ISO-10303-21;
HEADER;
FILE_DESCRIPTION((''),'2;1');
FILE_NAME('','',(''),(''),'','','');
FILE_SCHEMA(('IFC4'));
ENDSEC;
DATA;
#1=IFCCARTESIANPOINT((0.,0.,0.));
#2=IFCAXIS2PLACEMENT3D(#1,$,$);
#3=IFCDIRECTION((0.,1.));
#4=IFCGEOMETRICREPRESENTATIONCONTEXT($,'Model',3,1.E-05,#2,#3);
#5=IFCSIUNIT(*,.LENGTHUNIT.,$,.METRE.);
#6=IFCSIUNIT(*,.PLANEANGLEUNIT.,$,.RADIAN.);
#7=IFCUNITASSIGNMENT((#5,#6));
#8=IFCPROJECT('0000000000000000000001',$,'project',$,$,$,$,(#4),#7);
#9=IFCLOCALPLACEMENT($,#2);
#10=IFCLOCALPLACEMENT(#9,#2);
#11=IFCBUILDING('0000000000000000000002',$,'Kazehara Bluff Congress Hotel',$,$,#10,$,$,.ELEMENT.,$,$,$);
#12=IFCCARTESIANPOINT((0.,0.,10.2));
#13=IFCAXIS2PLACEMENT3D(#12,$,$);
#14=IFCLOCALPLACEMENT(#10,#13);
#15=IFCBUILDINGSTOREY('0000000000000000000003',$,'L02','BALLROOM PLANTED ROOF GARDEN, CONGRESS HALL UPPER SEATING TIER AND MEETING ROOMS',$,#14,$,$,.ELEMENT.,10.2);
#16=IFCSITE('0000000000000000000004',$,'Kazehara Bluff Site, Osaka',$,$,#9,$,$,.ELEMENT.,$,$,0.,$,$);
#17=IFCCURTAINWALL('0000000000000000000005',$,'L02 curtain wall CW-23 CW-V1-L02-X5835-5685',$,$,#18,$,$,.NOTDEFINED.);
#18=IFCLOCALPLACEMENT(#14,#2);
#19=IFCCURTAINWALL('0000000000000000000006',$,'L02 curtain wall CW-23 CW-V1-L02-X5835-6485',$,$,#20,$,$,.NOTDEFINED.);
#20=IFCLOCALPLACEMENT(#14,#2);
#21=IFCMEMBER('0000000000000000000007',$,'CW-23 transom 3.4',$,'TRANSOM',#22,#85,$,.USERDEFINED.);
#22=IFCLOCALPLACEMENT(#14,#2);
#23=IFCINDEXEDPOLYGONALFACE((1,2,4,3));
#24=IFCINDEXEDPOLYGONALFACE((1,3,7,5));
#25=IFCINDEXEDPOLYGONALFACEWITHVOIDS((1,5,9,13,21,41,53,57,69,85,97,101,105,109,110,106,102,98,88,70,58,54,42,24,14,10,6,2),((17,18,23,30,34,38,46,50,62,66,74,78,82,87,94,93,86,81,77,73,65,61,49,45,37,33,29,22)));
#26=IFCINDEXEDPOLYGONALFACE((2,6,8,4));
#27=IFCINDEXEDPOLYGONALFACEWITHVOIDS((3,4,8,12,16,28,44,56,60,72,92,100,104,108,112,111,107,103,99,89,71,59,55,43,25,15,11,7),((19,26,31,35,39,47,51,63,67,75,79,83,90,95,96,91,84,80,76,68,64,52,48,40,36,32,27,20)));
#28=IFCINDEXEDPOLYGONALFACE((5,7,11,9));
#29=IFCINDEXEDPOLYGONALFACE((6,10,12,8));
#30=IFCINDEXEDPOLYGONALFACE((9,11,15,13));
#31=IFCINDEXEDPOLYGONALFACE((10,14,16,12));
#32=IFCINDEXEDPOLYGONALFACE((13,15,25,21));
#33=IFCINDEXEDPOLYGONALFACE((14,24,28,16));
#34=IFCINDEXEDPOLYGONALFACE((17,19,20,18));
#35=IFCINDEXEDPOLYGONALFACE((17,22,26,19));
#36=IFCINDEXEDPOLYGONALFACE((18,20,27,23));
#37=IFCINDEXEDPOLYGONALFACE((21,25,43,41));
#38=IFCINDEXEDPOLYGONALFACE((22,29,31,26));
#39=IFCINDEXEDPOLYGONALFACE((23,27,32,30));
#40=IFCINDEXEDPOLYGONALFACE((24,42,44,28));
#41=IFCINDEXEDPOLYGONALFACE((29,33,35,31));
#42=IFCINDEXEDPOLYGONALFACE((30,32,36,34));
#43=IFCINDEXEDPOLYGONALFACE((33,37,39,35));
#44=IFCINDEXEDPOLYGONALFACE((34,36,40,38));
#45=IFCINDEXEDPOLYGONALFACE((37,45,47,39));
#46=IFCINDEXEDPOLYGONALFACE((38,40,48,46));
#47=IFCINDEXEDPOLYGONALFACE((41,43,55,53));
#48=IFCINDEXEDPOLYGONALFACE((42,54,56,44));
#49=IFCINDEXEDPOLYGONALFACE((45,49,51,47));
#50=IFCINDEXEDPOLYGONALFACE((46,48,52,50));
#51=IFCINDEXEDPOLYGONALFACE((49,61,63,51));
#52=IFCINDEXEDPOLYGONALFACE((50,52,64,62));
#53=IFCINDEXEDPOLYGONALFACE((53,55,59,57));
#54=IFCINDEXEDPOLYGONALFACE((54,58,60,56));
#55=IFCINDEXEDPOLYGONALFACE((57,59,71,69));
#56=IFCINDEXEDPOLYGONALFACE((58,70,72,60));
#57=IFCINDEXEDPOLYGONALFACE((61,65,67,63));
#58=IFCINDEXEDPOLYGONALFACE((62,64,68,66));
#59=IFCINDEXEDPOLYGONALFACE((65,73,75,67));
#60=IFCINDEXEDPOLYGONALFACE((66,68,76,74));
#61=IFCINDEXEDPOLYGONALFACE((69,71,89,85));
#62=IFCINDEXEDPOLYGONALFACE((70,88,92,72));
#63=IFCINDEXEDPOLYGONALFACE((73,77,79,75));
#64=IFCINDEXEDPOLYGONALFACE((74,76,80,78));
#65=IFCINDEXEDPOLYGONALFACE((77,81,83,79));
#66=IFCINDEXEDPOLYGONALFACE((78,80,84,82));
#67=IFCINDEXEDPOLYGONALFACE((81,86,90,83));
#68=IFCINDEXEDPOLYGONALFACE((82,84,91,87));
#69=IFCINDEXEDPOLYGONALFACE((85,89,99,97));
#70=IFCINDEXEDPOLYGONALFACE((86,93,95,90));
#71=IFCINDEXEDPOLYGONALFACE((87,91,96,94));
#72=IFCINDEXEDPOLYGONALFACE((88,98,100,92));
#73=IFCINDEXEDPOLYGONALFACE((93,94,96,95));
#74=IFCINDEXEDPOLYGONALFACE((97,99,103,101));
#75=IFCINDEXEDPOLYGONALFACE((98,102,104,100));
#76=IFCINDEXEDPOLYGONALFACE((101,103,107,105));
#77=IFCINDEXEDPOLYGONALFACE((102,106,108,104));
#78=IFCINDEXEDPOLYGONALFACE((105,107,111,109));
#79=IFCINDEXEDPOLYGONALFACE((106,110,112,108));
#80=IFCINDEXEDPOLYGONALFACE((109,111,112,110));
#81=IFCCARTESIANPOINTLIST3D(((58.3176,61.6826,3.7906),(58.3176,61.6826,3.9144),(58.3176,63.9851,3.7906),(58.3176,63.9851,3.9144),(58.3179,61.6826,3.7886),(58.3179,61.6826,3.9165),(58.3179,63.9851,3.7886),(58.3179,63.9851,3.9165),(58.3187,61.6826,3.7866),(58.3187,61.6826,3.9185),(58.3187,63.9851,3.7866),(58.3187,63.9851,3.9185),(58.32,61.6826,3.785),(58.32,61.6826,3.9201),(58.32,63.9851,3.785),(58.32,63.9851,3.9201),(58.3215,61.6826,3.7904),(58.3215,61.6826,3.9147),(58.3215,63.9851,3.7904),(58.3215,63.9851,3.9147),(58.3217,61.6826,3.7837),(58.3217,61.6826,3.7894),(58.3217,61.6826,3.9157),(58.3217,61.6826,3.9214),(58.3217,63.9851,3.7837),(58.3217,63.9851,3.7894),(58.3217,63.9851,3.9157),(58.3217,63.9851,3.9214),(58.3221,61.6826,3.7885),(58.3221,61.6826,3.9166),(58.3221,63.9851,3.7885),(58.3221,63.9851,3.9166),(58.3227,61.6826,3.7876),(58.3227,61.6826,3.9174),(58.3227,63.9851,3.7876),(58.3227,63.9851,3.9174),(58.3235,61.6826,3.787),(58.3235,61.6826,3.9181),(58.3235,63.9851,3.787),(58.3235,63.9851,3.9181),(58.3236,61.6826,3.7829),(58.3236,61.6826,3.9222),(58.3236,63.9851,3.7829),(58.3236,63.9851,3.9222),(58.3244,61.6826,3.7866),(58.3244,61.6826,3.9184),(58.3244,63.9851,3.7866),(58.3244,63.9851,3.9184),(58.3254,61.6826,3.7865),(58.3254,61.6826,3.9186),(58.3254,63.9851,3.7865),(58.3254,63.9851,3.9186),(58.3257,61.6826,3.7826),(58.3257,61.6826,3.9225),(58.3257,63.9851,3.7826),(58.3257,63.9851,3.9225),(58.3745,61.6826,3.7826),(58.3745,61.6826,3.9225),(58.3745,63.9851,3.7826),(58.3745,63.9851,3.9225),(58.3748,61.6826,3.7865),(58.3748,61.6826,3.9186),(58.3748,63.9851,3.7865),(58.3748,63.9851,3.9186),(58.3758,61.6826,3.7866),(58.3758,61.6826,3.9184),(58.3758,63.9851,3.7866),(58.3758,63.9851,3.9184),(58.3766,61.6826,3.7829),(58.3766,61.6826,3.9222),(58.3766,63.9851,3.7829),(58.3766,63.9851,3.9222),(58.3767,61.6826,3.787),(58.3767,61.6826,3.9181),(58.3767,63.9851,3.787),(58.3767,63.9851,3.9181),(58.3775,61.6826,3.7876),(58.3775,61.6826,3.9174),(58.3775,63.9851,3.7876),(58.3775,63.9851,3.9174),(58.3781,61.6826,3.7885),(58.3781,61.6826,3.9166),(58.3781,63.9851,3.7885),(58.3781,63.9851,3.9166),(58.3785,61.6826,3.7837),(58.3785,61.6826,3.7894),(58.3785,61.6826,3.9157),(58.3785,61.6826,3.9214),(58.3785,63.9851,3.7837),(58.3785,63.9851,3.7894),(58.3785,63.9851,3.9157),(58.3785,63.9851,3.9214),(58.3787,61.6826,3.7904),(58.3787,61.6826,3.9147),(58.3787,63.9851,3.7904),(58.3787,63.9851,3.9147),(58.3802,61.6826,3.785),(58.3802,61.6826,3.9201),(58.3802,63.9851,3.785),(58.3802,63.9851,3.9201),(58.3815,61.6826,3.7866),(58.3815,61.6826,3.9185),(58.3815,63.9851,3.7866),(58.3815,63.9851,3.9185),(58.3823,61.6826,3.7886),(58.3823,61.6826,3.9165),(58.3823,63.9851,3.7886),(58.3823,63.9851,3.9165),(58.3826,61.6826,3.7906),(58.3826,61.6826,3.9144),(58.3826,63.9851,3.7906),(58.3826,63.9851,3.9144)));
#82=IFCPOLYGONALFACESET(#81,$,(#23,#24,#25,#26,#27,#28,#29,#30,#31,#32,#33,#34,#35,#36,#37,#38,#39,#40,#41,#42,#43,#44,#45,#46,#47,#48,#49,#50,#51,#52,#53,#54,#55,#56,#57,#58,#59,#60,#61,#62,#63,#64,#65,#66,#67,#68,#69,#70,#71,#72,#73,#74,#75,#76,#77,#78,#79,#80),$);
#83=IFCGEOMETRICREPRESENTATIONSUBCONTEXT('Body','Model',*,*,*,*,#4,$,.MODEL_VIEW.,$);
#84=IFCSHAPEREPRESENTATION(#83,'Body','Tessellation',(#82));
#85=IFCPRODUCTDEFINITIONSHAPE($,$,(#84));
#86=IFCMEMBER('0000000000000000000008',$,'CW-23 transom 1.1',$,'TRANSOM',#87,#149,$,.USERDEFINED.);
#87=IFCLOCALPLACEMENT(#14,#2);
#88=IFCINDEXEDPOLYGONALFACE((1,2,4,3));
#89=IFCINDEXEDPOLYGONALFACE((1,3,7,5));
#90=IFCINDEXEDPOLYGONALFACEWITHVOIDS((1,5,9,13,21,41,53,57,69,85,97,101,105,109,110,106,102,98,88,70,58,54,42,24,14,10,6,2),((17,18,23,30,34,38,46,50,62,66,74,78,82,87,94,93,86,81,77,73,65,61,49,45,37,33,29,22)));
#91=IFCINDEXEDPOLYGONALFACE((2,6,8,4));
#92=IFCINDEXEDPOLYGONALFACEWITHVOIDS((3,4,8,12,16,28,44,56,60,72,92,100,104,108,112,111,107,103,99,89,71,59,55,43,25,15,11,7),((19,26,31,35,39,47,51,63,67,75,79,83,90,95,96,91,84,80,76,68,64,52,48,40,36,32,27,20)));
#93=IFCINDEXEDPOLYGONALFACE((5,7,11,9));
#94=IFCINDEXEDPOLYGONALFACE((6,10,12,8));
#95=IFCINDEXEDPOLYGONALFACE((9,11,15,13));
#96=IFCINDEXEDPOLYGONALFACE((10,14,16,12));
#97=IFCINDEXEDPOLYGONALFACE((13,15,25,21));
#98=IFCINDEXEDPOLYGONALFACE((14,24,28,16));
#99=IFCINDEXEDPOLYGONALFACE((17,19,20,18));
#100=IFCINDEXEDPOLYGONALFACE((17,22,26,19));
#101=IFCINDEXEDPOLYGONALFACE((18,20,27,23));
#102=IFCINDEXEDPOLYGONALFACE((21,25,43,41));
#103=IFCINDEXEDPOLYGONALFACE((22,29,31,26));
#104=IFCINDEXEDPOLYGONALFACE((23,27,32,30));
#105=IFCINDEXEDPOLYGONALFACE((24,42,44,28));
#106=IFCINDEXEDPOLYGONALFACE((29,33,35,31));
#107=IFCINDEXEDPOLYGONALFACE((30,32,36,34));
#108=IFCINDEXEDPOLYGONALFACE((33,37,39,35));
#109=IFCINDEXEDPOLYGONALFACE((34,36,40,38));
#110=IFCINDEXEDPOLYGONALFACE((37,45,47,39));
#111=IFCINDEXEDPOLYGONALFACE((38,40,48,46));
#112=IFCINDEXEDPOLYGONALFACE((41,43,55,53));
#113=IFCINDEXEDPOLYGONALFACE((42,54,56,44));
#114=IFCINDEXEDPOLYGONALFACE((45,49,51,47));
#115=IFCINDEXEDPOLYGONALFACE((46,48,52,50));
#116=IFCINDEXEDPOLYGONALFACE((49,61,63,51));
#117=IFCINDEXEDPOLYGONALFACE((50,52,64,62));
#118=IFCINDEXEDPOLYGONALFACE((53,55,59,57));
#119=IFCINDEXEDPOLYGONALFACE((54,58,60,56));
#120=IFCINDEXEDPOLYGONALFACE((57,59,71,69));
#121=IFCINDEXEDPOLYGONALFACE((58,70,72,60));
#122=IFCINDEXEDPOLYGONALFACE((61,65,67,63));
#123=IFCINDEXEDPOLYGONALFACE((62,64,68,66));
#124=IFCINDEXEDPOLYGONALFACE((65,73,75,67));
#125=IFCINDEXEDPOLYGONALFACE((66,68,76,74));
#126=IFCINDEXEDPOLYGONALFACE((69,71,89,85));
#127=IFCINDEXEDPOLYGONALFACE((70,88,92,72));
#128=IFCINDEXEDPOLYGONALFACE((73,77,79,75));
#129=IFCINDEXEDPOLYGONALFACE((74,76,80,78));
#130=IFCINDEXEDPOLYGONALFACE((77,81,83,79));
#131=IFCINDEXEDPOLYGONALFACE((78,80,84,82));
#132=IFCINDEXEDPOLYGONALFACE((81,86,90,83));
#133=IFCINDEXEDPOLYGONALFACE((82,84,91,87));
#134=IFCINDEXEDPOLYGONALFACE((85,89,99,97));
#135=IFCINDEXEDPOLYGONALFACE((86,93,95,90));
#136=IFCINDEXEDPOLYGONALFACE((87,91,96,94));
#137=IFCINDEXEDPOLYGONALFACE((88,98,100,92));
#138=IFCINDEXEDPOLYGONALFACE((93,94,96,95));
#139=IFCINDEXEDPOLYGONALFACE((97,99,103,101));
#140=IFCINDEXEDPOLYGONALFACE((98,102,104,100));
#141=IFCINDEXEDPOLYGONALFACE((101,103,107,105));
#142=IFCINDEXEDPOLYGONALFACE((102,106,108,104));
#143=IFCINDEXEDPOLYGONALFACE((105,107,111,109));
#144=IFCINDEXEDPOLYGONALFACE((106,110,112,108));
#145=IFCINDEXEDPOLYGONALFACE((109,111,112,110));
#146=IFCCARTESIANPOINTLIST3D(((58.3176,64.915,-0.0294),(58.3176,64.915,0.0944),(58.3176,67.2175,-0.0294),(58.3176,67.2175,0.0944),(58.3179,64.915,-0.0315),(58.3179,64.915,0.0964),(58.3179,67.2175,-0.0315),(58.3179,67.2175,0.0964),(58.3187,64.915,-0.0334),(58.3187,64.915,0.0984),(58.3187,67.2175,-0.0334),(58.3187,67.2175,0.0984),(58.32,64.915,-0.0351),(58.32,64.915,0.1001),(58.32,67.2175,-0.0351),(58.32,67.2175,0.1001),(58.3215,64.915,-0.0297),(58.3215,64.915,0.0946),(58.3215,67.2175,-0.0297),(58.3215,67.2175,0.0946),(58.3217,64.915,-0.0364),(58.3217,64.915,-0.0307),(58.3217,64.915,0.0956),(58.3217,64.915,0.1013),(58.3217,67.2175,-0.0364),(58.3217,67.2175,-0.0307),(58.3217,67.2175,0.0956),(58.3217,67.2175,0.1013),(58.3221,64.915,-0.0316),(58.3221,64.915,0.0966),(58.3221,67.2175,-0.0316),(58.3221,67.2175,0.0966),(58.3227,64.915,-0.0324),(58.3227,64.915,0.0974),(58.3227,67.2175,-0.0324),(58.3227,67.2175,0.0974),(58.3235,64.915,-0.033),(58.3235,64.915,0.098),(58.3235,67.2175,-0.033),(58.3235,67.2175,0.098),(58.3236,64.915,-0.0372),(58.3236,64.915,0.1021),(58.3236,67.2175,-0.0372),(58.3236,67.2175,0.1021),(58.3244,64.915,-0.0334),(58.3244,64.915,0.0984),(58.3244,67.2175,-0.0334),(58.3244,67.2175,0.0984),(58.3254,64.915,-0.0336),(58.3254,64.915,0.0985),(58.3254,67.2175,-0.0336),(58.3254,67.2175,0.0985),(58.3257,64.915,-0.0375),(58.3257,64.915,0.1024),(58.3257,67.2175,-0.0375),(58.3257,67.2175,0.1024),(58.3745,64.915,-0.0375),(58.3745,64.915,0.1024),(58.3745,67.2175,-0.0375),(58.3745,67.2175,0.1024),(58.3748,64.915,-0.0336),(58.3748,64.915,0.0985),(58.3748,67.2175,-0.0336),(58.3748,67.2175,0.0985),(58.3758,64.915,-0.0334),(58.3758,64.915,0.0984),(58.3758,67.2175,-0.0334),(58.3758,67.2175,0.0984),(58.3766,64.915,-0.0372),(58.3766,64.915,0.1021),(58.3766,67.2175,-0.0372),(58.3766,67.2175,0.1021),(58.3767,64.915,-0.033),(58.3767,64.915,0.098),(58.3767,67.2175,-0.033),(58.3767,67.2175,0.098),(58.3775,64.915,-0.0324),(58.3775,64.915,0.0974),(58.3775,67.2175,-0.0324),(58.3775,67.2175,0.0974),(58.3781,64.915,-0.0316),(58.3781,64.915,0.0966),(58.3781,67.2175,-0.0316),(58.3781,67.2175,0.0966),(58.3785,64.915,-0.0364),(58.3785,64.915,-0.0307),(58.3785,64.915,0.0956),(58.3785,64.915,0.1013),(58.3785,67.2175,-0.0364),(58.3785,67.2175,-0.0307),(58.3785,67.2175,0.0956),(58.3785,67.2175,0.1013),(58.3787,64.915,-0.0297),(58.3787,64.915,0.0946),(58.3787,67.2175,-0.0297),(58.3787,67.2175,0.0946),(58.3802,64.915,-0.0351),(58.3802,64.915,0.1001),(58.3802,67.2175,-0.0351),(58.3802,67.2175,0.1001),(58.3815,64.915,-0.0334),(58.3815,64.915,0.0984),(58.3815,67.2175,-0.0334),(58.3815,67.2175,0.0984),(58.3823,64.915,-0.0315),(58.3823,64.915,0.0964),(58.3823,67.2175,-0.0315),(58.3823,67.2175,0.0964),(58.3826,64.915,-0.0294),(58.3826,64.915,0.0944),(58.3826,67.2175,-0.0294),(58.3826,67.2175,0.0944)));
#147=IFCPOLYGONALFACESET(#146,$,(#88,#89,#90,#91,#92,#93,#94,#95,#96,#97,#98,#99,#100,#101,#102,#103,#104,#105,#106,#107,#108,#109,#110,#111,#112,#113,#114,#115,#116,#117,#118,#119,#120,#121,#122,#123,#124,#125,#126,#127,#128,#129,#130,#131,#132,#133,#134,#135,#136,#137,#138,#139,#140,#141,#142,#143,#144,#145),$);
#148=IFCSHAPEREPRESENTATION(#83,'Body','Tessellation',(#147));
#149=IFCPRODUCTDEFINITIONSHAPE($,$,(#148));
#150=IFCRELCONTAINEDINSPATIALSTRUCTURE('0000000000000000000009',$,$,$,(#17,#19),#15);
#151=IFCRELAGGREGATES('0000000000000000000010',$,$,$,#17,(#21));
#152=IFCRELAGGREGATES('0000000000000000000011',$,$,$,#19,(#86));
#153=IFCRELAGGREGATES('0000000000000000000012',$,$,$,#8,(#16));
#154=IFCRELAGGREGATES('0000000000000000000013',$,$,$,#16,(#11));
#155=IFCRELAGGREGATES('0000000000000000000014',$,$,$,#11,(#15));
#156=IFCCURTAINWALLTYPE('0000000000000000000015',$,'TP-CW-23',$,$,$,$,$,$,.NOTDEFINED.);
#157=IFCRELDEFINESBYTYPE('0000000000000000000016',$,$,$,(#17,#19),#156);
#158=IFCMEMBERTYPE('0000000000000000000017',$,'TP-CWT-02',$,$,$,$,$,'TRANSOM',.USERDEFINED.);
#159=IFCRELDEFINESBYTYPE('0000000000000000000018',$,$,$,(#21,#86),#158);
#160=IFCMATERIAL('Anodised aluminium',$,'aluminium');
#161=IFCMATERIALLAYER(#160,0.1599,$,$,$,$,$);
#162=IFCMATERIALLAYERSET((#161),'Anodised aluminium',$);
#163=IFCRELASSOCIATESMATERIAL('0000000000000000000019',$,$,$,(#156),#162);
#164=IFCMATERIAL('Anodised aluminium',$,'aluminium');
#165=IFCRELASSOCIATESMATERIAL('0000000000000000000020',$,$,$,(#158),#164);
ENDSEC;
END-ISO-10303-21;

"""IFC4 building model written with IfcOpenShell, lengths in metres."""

from ifc_helpers import new_model, si_unit, direction, frame, origin, origin_2d, place, context, subcontext, project, spatial, hollow_rectangle, extrude, material, layer, layer_set, material_profile, profile_set, type_object, element, aggregate, save


model = new_model("IFC4")

# Units and contexts
model_context = context("Model", 3, precision=1e-05, world=origin(), true_north=direction((0.0, 1.0)))
body_context = subcontext(model_context, "Body", "Model", "MODEL_VIEW")
ifc_project = project(units=[si_unit("LENGTHUNIT", "METRE"), si_unit("PLANEANGLEUNIT", "RADIAN")], contexts=[model_context])

# Site, building, storey
site_placement = place(None, origin())
site = spatial("IfcSite", under=ifc_project, at=site_placement, Name="Kazehara Bluff Site, Osaka", CompositionType="ELEMENT", RefElevation=0.0)
building_placement = place(site_placement, origin())
building = spatial("IfcBuilding", under=site, at=building_placement, Name="Kazehara Bluff Congress Hotel", CompositionType="ELEMENT")
storey_placement = place(building_placement, frame((0.0, 0.0, 10.2)))
storey = spatial("IfcBuildingStorey", under=building, at=storey_placement, Name="L02", Description="BALLROOM PLANTED ROOF GARDEN, CONGRESS HALL UPPER SEATING TIER AND MEETING ROOMS", CompositionType="ELEMENT", Elevation=10.2)

# Curtain walls
ifc_material_1 = material(Name="Anodised aluminium", Category="aluminium")
ifc_layer_1 = layer(ifc_material_1, 0.1599)
ifc_layer_set_1 = layer_set([ifc_layer_1], Name="Anodised aluminium")
curtain_wall_type = type_object("IfcCurtainWallType", Name="TP-CW-23", PredefinedType="NOTDEFINED", material=ifc_layer_set_1)
curtain_wall_1_placement = place(storey_placement, origin())
curtain_wall_1 = element("IfcCurtainWall", 1, at=curtain_wall_1_placement, inside=storey, type_object=curtain_wall_type, Name="L02 curtain wall CW-23 CW-V1-L02-X5835-5685", PredefinedType="NOTDEFINED")
curtain_wall_2_placement = place(storey_placement, origin())
curtain_wall_2 = element("IfcCurtainWall", 2, at=curtain_wall_2_placement, inside=storey, type_object=curtain_wall_type, Name="L02 curtain wall CW-23 CW-V1-L02-X5835-6485", PredefinedType="NOTDEFINED")

# Members
ifc_material_2 = material(Name="Anodised aluminium", Category="aluminium")
ifc_material_profile_1 = material_profile(ifc_material_2, hollow_rectangle(XDim=0.0649, YDim=0.1399, WallThickness=0.0039, InnerFilletRadius=0.0039, OuterFilletRadius=0.0081, at=origin_2d()))
ifc_profile_set_1 = profile_set([ifc_material_profile_1], Name="Anodised aluminium")
member_type_1 = type_object("IfcMemberType", Name="TP-CWT-02", ElementType="TRANSOM", PredefinedType="USERDEFINED", material=ifc_profile_set_1)
member_1_placement = place(storey_placement, frame((58.3501, 61.6826, 3.8525), z_axis=(0.0, 1.0, 0.0), x_axis=(-1.0, 0.0, 0.0)))
member_1 = element("IfcMember", 3, at=member_1_placement, type_object=member_type_1, Name="CW-23 transom 3.4", ObjectType="TRANSOM", PredefinedType="USERDEFINED", context=body_context, shape_type="SweptSolid", body=[
    extrude(hollow_rectangle(XDim=0.0649, YDim=0.1399, WallThickness=0.0039, InnerFilletRadius=0.0039, OuterFilletRadius=0.0081, at=origin_2d()), origin(), (0.0, 0.0, 1.0), 2.3025),
])
member_2_placement = place(storey_placement, frame((58.3501, 64.915, 0.0325), z_axis=(0.0, 1.0, 0.0), x_axis=(-1.0, 0.0, 0.0)))
member_2 = element("IfcMember", 4, at=member_2_placement, type_object=member_type_1, Name="CW-23 transom 1.1", ObjectType="TRANSOM", PredefinedType="USERDEFINED", context=body_context, shape_type="SweptSolid", body=[
    extrude(hollow_rectangle(XDim=0.0649, YDim=0.1399, WallThickness=0.0039, InnerFilletRadius=0.0039, OuterFilletRadius=0.0081, at=origin_2d()), origin(), (0.0, 0.0, 1.0), 2.3025),
])

aggregate(curtain_wall_1, [member_1])
aggregate(curtain_wall_2, [member_2])

save(model, "model.ifc")
